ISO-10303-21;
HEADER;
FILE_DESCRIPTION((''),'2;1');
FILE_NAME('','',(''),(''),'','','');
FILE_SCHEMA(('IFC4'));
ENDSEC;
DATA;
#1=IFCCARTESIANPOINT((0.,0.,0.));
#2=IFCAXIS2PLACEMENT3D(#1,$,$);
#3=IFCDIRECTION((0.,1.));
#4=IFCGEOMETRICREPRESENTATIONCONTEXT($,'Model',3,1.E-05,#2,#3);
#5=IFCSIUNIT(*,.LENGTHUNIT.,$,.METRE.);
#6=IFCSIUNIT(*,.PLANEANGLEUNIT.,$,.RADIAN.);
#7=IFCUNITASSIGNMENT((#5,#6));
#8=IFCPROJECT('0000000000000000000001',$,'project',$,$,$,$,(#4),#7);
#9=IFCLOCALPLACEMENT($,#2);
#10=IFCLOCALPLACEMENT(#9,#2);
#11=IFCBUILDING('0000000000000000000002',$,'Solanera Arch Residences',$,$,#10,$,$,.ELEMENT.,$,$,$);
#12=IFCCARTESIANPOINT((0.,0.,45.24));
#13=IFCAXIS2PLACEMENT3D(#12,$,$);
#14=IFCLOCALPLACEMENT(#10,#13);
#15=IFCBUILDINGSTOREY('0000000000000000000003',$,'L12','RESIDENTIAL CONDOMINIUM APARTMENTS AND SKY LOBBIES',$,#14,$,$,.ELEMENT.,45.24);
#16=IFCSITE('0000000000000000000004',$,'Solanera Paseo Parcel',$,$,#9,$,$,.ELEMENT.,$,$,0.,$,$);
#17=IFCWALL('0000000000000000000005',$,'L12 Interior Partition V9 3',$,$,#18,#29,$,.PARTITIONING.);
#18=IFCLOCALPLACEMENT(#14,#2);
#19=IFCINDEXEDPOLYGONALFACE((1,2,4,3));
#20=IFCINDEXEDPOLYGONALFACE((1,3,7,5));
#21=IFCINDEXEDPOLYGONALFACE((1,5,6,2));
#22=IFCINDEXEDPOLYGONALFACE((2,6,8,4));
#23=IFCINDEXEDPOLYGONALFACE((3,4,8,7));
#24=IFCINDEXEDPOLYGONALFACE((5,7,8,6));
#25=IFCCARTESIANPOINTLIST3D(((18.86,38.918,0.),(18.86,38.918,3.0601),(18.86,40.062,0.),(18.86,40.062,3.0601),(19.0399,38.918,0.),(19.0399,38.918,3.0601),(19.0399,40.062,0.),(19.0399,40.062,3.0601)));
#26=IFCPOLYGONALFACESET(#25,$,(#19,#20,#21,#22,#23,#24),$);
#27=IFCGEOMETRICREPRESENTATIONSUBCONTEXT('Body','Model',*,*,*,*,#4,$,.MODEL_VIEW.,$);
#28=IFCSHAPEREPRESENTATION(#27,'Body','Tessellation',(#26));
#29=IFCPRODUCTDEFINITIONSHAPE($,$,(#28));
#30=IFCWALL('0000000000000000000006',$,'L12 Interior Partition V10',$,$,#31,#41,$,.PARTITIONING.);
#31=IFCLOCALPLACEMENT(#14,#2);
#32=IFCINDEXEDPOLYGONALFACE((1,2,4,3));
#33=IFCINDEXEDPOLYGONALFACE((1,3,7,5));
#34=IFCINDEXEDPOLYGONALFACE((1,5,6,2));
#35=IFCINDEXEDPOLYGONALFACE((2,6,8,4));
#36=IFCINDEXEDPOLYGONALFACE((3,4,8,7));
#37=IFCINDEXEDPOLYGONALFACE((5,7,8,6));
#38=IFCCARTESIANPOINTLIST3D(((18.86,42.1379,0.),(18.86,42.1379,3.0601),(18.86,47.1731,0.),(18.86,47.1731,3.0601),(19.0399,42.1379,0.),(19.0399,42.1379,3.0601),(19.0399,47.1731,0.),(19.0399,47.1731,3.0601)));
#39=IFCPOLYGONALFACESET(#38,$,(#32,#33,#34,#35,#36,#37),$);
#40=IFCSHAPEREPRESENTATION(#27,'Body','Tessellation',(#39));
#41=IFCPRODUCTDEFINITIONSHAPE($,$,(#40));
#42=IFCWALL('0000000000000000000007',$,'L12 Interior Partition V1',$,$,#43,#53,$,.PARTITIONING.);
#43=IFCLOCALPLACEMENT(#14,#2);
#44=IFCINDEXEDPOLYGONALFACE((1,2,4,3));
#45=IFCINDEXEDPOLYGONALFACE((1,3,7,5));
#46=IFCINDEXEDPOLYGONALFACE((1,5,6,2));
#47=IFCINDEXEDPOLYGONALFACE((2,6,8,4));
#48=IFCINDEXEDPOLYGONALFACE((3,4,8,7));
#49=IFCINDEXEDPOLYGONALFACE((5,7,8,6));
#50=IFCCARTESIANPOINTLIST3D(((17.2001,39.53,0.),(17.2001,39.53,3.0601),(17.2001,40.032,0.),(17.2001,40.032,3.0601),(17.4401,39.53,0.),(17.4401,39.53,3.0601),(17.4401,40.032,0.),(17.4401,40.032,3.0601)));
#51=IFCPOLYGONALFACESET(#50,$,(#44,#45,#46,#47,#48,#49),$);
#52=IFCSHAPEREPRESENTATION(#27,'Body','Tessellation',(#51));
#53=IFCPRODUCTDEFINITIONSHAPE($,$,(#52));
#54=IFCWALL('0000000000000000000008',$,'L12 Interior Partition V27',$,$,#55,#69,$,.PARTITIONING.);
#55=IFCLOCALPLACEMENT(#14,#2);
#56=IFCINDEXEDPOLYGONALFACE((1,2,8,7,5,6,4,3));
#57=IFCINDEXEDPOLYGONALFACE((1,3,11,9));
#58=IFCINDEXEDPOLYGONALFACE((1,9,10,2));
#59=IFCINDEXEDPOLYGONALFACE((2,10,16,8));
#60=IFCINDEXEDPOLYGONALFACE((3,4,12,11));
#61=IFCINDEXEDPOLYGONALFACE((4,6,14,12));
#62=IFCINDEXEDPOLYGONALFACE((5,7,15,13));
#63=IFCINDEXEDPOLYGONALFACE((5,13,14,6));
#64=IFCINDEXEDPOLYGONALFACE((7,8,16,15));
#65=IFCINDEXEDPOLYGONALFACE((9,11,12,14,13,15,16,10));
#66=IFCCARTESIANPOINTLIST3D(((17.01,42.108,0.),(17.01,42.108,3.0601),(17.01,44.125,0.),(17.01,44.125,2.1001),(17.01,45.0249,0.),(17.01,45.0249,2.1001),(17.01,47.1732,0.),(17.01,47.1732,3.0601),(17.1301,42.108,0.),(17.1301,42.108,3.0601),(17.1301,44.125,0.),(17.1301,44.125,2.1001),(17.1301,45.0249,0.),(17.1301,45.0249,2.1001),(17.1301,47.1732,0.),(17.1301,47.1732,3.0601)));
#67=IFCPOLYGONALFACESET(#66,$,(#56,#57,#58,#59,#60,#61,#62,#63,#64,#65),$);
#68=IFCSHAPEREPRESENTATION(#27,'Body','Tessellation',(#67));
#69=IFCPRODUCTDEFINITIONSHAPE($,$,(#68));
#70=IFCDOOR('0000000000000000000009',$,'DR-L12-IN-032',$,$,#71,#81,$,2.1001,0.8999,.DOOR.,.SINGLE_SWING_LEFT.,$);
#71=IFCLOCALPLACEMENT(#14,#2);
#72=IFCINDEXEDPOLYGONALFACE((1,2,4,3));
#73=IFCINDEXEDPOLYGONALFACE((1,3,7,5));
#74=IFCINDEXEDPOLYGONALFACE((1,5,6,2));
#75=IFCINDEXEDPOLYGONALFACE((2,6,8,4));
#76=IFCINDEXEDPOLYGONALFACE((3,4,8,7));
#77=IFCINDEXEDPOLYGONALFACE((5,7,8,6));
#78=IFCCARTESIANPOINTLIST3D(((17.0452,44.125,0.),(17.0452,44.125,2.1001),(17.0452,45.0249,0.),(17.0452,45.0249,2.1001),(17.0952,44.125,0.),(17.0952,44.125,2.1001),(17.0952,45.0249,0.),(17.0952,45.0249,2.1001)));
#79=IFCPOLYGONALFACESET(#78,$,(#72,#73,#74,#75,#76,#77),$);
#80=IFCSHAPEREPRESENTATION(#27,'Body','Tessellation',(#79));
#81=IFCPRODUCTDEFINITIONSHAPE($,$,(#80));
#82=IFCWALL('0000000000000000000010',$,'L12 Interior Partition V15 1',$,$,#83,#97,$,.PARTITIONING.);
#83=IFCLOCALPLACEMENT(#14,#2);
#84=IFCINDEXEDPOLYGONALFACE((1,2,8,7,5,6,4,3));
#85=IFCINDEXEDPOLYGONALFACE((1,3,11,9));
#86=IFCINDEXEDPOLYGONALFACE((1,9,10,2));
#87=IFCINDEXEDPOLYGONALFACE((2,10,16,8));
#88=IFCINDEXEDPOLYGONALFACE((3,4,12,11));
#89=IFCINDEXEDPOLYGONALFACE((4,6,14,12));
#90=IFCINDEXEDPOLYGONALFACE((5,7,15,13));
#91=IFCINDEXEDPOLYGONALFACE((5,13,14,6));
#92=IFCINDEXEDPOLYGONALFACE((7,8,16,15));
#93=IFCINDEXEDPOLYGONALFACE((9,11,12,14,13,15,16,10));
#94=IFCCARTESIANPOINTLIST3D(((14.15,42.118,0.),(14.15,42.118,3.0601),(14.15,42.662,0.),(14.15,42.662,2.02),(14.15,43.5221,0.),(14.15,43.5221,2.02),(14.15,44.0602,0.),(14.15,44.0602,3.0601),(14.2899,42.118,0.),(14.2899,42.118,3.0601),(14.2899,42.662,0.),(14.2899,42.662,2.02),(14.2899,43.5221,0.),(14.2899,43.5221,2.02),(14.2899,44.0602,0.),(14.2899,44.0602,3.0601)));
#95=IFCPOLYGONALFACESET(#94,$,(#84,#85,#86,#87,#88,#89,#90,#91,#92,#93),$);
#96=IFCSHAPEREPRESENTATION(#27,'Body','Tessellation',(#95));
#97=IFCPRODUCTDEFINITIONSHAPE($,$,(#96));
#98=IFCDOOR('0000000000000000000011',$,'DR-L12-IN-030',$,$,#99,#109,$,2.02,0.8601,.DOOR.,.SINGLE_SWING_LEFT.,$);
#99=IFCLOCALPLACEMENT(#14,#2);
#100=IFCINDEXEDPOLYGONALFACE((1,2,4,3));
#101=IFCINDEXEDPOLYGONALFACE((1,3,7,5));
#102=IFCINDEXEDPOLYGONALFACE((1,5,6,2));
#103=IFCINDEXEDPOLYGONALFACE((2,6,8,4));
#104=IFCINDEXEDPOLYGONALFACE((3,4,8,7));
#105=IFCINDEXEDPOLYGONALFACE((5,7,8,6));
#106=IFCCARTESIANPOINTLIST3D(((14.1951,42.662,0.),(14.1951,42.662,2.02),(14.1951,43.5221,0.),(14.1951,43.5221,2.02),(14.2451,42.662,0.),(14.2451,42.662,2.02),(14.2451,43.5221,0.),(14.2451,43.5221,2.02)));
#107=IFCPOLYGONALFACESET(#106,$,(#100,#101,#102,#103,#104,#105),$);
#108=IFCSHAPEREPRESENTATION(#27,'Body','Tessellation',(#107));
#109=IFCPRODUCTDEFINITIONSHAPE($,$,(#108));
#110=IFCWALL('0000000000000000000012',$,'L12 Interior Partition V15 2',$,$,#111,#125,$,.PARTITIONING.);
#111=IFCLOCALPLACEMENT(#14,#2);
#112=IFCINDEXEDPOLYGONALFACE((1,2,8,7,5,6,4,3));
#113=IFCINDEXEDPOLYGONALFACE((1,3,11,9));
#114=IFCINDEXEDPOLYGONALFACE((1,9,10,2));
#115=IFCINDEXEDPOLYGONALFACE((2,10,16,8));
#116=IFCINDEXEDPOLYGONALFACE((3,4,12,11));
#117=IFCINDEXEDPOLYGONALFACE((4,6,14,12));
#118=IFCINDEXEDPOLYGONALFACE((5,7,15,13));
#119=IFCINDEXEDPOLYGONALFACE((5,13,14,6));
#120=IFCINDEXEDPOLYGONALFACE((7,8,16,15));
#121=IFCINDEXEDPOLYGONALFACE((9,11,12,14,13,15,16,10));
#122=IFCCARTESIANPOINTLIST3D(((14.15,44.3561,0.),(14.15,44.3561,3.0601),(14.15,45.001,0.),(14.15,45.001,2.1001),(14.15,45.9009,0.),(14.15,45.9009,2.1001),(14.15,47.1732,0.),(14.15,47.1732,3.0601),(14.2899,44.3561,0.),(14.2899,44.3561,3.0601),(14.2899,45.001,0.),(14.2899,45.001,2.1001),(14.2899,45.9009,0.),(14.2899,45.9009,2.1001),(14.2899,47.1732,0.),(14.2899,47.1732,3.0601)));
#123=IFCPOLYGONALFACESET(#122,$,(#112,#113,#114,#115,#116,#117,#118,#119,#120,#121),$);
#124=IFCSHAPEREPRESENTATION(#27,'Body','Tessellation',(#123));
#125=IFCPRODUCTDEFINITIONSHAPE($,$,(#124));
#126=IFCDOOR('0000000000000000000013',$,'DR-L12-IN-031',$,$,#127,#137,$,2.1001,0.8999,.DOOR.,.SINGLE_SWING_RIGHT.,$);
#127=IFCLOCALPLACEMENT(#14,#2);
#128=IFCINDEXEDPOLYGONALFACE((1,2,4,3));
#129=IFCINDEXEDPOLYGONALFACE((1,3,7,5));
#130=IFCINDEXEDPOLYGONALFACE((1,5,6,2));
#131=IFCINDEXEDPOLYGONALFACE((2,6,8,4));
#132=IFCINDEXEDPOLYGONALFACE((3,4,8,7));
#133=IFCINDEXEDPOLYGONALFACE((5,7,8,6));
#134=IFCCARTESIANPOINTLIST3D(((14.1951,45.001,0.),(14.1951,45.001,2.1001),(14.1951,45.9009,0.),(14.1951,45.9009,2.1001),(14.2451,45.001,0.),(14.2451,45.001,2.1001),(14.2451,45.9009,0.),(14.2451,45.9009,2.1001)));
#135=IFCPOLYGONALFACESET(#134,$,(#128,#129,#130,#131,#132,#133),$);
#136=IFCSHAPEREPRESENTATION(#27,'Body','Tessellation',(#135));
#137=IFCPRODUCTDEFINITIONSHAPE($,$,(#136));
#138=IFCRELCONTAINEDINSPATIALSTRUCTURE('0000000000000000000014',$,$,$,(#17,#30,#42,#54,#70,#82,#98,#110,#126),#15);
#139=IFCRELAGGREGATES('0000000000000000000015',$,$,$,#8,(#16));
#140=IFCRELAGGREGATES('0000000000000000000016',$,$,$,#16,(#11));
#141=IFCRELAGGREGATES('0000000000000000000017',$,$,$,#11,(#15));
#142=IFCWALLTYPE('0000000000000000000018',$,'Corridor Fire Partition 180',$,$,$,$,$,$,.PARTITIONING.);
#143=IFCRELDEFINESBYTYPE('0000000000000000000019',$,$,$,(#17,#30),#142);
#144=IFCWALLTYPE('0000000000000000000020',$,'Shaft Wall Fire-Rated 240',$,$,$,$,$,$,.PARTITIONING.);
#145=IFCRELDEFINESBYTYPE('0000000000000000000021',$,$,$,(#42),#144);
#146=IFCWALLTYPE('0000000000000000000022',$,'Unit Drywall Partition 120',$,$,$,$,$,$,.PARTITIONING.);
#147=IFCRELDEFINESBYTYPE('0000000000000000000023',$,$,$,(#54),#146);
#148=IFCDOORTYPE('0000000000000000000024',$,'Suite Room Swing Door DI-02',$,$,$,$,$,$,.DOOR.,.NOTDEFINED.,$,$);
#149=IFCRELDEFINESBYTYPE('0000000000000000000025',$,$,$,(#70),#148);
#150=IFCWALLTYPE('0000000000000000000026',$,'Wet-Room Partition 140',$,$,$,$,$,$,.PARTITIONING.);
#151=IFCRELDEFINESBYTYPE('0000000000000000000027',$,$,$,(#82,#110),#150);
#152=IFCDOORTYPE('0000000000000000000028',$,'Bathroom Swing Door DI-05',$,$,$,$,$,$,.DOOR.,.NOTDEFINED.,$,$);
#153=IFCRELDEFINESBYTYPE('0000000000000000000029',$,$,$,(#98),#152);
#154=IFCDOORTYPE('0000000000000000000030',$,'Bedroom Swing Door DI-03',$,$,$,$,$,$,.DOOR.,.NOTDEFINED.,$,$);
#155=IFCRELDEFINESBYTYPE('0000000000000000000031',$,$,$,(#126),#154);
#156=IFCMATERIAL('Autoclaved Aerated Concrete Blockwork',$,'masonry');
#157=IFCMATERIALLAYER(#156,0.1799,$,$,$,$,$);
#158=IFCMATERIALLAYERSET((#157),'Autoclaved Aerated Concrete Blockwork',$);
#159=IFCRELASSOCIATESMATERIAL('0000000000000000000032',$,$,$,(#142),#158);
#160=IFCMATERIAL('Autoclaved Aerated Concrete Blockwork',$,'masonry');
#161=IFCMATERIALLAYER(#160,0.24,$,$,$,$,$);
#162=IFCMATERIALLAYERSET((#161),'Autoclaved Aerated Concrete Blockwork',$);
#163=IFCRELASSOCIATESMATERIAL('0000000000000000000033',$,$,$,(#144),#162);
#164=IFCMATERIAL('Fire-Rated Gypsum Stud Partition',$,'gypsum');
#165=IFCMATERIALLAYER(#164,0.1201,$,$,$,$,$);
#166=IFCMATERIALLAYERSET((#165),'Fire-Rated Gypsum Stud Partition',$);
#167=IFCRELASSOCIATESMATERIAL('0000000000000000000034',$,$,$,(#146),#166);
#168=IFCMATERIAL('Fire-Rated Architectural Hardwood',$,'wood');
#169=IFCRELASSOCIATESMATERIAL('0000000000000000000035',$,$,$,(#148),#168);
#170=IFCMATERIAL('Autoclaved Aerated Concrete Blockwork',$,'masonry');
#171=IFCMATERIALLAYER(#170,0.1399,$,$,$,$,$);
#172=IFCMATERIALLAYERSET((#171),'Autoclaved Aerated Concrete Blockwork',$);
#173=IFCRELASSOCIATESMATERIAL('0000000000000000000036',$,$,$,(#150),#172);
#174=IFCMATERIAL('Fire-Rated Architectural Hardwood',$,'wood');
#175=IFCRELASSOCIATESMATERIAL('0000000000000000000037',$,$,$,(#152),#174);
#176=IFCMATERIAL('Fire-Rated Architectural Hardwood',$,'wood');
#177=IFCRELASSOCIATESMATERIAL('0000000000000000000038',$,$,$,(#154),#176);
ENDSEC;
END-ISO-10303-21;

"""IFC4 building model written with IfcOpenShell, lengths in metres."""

from ifc_helpers import new_model, si_unit, direction, frame, frame_2d, origin, place, context, subcontext, project, spatial, rectangle, extrude, material, layer, layer_set, type_object, element, fill, save


model = new_model("IFC4")

# Units and contexts
model_context = context("Model", 3, precision=1e-05, world=origin(), true_north=direction((0.0, 1.0)))
body_context = subcontext(model_context, "Body", "Model", "MODEL_VIEW")
ifc_project = project(units=[si_unit("LENGTHUNIT", "METRE"), si_unit("PLANEANGLEUNIT", "RADIAN")], contexts=[model_context])

# Site, building, storey
site_placement = place(None, origin())
site = spatial("IfcSite", under=ifc_project, at=site_placement, Name="Solanera Paseo Parcel", CompositionType="ELEMENT", RefElevation=0.0)
building_placement = place(site_placement, origin())
building = spatial("IfcBuilding", under=site, at=building_placement, Name="Solanera Arch Residences", CompositionType="ELEMENT")
storey_placement = place(building_placement, frame((0.0, 0.0, 45.24)))
storey = spatial("IfcBuildingStorey", under=building, at=storey_placement, Name="L12", Description="RESIDENTIAL CONDOMINIUM APARTMENTS AND SKY LOBBIES", CompositionType="ELEMENT", Elevation=45.24)

# Walls
ifc_material_1 = material(Name="Autoclaved Aerated Concrete Blockwork", Category="masonry")
ifc_layer_1 = layer(ifc_material_1, 0.1799)
ifc_layer_set_1 = layer_set([ifc_layer_1], Name="Autoclaved Aerated Concrete Blockwork")
wall_type_1 = type_object("IfcWallType", Name="Corridor Fire Partition 180", PredefinedType="PARTITIONING", material=ifc_layer_set_1)
wall_1_placement = place(storey_placement, frame((18.95, 38.918, 0.0), z_axis=(0.0, 0.0, 1.0), x_axis=(0.0, 1.0, 0.0)))
element("IfcWall", 1, at=wall_1_placement, inside=storey, type_object=wall_type_1, Name="L12 Interior Partition V9 3", PredefinedType="PARTITIONING", context=body_context, shape_type="SweptSolid", body=[
    extrude(rectangle(XDim=1.144, YDim=0.1799, at=frame_2d((0.572, 0.0))), origin(), (0.0, 0.0, 1.0), 3.0601),
])
wall_2_placement = place(storey_placement, frame((18.95, 42.1379, 0.0), z_axis=(0.0, 0.0, 1.0), x_axis=(0.0, 1.0, 0.0)))
element("IfcWall", 2, at=wall_2_placement, inside=storey, type_object=wall_type_1, Name="L12 Interior Partition V10", PredefinedType="PARTITIONING", context=body_context, shape_type="SweptSolid", body=[
    extrude(rectangle(XDim=5.0352, YDim=0.1799, at=frame_2d((2.5176, 0.0))), origin(), (0.0, 0.0, 1.0), 3.0601),
])
ifc_material_2 = material(Name="Autoclaved Aerated Concrete Blockwork", Category="masonry")
ifc_layer_2 = layer(ifc_material_2, 0.24)
ifc_layer_set_2 = layer_set([ifc_layer_2], Name="Autoclaved Aerated Concrete Blockwork")
wall_type_2 = type_object("IfcWallType", Name="Shaft Wall Fire-Rated 240", PredefinedType="PARTITIONING", material=ifc_layer_set_2)
wall_3_placement = place(storey_placement, frame((17.3201, 39.53, 0.0), z_axis=(0.0, 0.0, 1.0), x_axis=(0.0, 1.0, 0.0)))
element("IfcWall", 3, at=wall_3_placement, inside=storey, type_object=wall_type_2, Name="L12 Interior Partition V1", PredefinedType="PARTITIONING", context=body_context, shape_type="SweptSolid", body=[
    extrude(rectangle(XDim=0.502, YDim=0.24, at=frame_2d((0.251, 0.0))), origin(), (0.0, 0.0, 1.0), 3.0601),
])

# Walls, openings, doors
ifc_material_3 = material(Name="Fire-Rated Gypsum Stud Partition", Category="gypsum")
ifc_layer_3 = layer(ifc_material_3, 0.1201)
ifc_layer_set_3 = layer_set([ifc_layer_3], Name="Fire-Rated Gypsum Stud Partition")
wall_type_3 = type_object("IfcWallType", Name="Unit Drywall Partition 120", PredefinedType="PARTITIONING", material=ifc_layer_set_3)
wall_4_placement = place(storey_placement, frame((17.0701, 42.1079, 0.0), z_axis=(0.0, 0.0, 1.0), x_axis=(0.0, 1.0, 0.0)))
wall_4 = element("IfcWall", 4, at=wall_4_placement, inside=storey, type_object=wall_type_3, Name="L12 Interior Partition V27", PredefinedType="PARTITIONING", context=body_context, shape_type="SweptSolid", body=[
    extrude(rectangle(XDim=5.0652, YDim=0.1201, at=frame_2d((2.5327, 0.0))), origin(), (0.0, 0.0, 1.0), 3.0601),
])
opening_1_placement = place(wall_4_placement, frame((2.0171, 0.0, 0.0)))
opening_1 = element("IfcOpeningElement", 5, at=opening_1_placement, cuts=wall_4, PredefinedType="OPENING", context=body_context, shape_type="SweptSolid", body=[
    extrude(rectangle(XDim=0.8999, YDim=2.1001, at=frame_2d((0.45, 1.05))), frame((0.0, 0.0701, 0.0), z_axis=(0.0, -1.0, 0.0), x_axis=(1.0, 0.0, 0.0)), (0.0, 0.0, 1.0), 0.1401),
])
ifc_material_4 = material(Name="Fire-Rated Architectural Hardwood", Category="wood")
door_type_1 = type_object("IfcDoorType", Name="Suite Room Swing Door DI-02", OperationType="NOTDEFINED", PredefinedType="DOOR", material=ifc_material_4)
door_1_placement = place(opening_1_placement, origin())
door_1 = element("IfcDoor", 6, at=door_1_placement, inside=storey, type_object=door_type_1, Name="DR-L12-IN-032", OperationType="SINGLE_SWING_LEFT", OverallHeight=2.1001, OverallWidth=0.8999, PredefinedType="DOOR", context=body_context, shape_type="SweptSolid", body=[
    extrude(rectangle(XDim=0.8999, YDim=2.1001, at=frame_2d((0.45, 1.05))), frame((0.0, 0.0249, 0.0), z_axis=(0.0, -1.0, 0.0), x_axis=(1.0, 0.0, 0.0)), (0.0, 0.0, 1.0), 0.05),
])
fill(opening_1, door_1)
ifc_material_5 = material(Name="Autoclaved Aerated Concrete Blockwork", Category="masonry")
ifc_layer_4 = layer(ifc_material_5, 0.1399)
ifc_layer_set_4 = layer_set([ifc_layer_4], Name="Autoclaved Aerated Concrete Blockwork")
wall_type_4 = type_object("IfcWallType", Name="Wet-Room Partition 140", PredefinedType="PARTITIONING", material=ifc_layer_set_4)
wall_5_placement = place(storey_placement, frame((14.22, 42.1179, 0.0), z_axis=(0.0, 0.0, 1.0), x_axis=(0.0, 1.0, 0.0)))
wall_5 = element("IfcWall", 7, at=wall_5_placement, inside=storey, type_object=wall_type_4, Name="L12 Interior Partition V15 1", PredefinedType="PARTITIONING", context=body_context, shape_type="SweptSolid", body=[
    extrude(rectangle(XDim=1.9421, YDim=0.1399, at=frame_2d((0.9712, 0.0))), origin(), (0.0, 0.0, 1.0), 3.0601),
])
opening_2_placement = place(wall_5_placement, frame((0.5439, 0.0, 0.0)))
opening_2 = element("IfcOpeningElement", 8, at=opening_2_placement, cuts=wall_5, PredefinedType="OPENING", context=body_context, shape_type="SweptSolid", body=[
    extrude(rectangle(XDim=0.8601, YDim=2.02, at=frame_2d((0.4302, 1.01))), frame((0.0, 0.0798, 0.0), z_axis=(0.0, -1.0, 0.0), x_axis=(1.0, 0.0, 0.0)), (0.0, 0.0, 1.0), 0.1599),
])
ifc_material_6 = material(Name="Fire-Rated Architectural Hardwood", Category="wood")
door_type_2 = type_object("IfcDoorType", Name="Bathroom Swing Door DI-05", OperationType="NOTDEFINED", PredefinedType="DOOR", material=ifc_material_6)
door_2_placement = place(opening_2_placement, origin())
door_2 = element("IfcDoor", 9, at=door_2_placement, inside=storey, type_object=door_type_2, Name="DR-L12-IN-030", OperationType="SINGLE_SWING_LEFT", OverallHeight=2.02, OverallWidth=0.8601, PredefinedType="DOOR", context=body_context, shape_type="SweptSolid", body=[
    extrude(rectangle(XDim=0.8601, YDim=2.02, at=frame_2d((0.4302, 1.01))), frame((0.0, 0.0249, 0.0), z_axis=(0.0, -1.0, 0.0), x_axis=(1.0, 0.0, 0.0)), (0.0, 0.0, 1.0), 0.05),
])
fill(opening_2, door_2)
wall_6_placement = place(storey_placement, frame((14.22, 44.356, 0.0), z_axis=(0.0, 0.0, 1.0), x_axis=(0.0, 1.0, 0.0)))
wall_6 = element("IfcWall", 10, at=wall_6_placement, inside=storey, type_object=wall_type_4, Name="L12 Interior Partition V15 2", PredefinedType="PARTITIONING", context=body_context, shape_type="SweptSolid", body=[
    extrude(rectangle(XDim=2.8171, YDim=0.1399, at=frame_2d((1.4087, 0.0))), origin(), (0.0, 0.0, 1.0), 3.0601),
])
opening_3_placement = place(wall_6_placement, frame((0.645, 0.0, 0.0)))
opening_3 = element("IfcOpeningElement", 11, at=opening_3_placement, cuts=wall_6, PredefinedType="OPENING", context=body_context, shape_type="SweptSolid", body=[
    extrude(rectangle(XDim=0.8999, YDim=2.1001, at=frame_2d((0.45, 1.05))), frame((0.0, 0.0798, 0.0), z_axis=(0.0, -1.0, 0.0), x_axis=(1.0, 0.0, 0.0)), (0.0, 0.0, 1.0), 0.1599),
])
ifc_material_7 = material(Name="Fire-Rated Architectural Hardwood", Category="wood")
door_type_3 = type_object("IfcDoorType", Name="Bedroom Swing Door DI-03", OperationType="NOTDEFINED", PredefinedType="DOOR", material=ifc_material_7)
door_3_placement = place(opening_3_placement, origin())
door_3 = element("IfcDoor", 12, at=door_3_placement, inside=storey, type_object=door_type_3, Name="DR-L12-IN-031", OperationType="SINGLE_SWING_RIGHT", OverallHeight=2.1001, OverallWidth=0.8999, PredefinedType="DOOR", context=body_context, shape_type="SweptSolid", body=[
    extrude(rectangle(XDim=0.8999, YDim=2.1001, at=frame_2d((0.45, 1.05))), frame((0.0, 0.0249, 0.0), z_axis=(0.0, -1.0, 0.0), x_axis=(1.0, 0.0, 0.0)), (0.0, 0.0, 1.0), 0.05),
])
fill(opening_3, door_3)

save(model, "model.ifc")
